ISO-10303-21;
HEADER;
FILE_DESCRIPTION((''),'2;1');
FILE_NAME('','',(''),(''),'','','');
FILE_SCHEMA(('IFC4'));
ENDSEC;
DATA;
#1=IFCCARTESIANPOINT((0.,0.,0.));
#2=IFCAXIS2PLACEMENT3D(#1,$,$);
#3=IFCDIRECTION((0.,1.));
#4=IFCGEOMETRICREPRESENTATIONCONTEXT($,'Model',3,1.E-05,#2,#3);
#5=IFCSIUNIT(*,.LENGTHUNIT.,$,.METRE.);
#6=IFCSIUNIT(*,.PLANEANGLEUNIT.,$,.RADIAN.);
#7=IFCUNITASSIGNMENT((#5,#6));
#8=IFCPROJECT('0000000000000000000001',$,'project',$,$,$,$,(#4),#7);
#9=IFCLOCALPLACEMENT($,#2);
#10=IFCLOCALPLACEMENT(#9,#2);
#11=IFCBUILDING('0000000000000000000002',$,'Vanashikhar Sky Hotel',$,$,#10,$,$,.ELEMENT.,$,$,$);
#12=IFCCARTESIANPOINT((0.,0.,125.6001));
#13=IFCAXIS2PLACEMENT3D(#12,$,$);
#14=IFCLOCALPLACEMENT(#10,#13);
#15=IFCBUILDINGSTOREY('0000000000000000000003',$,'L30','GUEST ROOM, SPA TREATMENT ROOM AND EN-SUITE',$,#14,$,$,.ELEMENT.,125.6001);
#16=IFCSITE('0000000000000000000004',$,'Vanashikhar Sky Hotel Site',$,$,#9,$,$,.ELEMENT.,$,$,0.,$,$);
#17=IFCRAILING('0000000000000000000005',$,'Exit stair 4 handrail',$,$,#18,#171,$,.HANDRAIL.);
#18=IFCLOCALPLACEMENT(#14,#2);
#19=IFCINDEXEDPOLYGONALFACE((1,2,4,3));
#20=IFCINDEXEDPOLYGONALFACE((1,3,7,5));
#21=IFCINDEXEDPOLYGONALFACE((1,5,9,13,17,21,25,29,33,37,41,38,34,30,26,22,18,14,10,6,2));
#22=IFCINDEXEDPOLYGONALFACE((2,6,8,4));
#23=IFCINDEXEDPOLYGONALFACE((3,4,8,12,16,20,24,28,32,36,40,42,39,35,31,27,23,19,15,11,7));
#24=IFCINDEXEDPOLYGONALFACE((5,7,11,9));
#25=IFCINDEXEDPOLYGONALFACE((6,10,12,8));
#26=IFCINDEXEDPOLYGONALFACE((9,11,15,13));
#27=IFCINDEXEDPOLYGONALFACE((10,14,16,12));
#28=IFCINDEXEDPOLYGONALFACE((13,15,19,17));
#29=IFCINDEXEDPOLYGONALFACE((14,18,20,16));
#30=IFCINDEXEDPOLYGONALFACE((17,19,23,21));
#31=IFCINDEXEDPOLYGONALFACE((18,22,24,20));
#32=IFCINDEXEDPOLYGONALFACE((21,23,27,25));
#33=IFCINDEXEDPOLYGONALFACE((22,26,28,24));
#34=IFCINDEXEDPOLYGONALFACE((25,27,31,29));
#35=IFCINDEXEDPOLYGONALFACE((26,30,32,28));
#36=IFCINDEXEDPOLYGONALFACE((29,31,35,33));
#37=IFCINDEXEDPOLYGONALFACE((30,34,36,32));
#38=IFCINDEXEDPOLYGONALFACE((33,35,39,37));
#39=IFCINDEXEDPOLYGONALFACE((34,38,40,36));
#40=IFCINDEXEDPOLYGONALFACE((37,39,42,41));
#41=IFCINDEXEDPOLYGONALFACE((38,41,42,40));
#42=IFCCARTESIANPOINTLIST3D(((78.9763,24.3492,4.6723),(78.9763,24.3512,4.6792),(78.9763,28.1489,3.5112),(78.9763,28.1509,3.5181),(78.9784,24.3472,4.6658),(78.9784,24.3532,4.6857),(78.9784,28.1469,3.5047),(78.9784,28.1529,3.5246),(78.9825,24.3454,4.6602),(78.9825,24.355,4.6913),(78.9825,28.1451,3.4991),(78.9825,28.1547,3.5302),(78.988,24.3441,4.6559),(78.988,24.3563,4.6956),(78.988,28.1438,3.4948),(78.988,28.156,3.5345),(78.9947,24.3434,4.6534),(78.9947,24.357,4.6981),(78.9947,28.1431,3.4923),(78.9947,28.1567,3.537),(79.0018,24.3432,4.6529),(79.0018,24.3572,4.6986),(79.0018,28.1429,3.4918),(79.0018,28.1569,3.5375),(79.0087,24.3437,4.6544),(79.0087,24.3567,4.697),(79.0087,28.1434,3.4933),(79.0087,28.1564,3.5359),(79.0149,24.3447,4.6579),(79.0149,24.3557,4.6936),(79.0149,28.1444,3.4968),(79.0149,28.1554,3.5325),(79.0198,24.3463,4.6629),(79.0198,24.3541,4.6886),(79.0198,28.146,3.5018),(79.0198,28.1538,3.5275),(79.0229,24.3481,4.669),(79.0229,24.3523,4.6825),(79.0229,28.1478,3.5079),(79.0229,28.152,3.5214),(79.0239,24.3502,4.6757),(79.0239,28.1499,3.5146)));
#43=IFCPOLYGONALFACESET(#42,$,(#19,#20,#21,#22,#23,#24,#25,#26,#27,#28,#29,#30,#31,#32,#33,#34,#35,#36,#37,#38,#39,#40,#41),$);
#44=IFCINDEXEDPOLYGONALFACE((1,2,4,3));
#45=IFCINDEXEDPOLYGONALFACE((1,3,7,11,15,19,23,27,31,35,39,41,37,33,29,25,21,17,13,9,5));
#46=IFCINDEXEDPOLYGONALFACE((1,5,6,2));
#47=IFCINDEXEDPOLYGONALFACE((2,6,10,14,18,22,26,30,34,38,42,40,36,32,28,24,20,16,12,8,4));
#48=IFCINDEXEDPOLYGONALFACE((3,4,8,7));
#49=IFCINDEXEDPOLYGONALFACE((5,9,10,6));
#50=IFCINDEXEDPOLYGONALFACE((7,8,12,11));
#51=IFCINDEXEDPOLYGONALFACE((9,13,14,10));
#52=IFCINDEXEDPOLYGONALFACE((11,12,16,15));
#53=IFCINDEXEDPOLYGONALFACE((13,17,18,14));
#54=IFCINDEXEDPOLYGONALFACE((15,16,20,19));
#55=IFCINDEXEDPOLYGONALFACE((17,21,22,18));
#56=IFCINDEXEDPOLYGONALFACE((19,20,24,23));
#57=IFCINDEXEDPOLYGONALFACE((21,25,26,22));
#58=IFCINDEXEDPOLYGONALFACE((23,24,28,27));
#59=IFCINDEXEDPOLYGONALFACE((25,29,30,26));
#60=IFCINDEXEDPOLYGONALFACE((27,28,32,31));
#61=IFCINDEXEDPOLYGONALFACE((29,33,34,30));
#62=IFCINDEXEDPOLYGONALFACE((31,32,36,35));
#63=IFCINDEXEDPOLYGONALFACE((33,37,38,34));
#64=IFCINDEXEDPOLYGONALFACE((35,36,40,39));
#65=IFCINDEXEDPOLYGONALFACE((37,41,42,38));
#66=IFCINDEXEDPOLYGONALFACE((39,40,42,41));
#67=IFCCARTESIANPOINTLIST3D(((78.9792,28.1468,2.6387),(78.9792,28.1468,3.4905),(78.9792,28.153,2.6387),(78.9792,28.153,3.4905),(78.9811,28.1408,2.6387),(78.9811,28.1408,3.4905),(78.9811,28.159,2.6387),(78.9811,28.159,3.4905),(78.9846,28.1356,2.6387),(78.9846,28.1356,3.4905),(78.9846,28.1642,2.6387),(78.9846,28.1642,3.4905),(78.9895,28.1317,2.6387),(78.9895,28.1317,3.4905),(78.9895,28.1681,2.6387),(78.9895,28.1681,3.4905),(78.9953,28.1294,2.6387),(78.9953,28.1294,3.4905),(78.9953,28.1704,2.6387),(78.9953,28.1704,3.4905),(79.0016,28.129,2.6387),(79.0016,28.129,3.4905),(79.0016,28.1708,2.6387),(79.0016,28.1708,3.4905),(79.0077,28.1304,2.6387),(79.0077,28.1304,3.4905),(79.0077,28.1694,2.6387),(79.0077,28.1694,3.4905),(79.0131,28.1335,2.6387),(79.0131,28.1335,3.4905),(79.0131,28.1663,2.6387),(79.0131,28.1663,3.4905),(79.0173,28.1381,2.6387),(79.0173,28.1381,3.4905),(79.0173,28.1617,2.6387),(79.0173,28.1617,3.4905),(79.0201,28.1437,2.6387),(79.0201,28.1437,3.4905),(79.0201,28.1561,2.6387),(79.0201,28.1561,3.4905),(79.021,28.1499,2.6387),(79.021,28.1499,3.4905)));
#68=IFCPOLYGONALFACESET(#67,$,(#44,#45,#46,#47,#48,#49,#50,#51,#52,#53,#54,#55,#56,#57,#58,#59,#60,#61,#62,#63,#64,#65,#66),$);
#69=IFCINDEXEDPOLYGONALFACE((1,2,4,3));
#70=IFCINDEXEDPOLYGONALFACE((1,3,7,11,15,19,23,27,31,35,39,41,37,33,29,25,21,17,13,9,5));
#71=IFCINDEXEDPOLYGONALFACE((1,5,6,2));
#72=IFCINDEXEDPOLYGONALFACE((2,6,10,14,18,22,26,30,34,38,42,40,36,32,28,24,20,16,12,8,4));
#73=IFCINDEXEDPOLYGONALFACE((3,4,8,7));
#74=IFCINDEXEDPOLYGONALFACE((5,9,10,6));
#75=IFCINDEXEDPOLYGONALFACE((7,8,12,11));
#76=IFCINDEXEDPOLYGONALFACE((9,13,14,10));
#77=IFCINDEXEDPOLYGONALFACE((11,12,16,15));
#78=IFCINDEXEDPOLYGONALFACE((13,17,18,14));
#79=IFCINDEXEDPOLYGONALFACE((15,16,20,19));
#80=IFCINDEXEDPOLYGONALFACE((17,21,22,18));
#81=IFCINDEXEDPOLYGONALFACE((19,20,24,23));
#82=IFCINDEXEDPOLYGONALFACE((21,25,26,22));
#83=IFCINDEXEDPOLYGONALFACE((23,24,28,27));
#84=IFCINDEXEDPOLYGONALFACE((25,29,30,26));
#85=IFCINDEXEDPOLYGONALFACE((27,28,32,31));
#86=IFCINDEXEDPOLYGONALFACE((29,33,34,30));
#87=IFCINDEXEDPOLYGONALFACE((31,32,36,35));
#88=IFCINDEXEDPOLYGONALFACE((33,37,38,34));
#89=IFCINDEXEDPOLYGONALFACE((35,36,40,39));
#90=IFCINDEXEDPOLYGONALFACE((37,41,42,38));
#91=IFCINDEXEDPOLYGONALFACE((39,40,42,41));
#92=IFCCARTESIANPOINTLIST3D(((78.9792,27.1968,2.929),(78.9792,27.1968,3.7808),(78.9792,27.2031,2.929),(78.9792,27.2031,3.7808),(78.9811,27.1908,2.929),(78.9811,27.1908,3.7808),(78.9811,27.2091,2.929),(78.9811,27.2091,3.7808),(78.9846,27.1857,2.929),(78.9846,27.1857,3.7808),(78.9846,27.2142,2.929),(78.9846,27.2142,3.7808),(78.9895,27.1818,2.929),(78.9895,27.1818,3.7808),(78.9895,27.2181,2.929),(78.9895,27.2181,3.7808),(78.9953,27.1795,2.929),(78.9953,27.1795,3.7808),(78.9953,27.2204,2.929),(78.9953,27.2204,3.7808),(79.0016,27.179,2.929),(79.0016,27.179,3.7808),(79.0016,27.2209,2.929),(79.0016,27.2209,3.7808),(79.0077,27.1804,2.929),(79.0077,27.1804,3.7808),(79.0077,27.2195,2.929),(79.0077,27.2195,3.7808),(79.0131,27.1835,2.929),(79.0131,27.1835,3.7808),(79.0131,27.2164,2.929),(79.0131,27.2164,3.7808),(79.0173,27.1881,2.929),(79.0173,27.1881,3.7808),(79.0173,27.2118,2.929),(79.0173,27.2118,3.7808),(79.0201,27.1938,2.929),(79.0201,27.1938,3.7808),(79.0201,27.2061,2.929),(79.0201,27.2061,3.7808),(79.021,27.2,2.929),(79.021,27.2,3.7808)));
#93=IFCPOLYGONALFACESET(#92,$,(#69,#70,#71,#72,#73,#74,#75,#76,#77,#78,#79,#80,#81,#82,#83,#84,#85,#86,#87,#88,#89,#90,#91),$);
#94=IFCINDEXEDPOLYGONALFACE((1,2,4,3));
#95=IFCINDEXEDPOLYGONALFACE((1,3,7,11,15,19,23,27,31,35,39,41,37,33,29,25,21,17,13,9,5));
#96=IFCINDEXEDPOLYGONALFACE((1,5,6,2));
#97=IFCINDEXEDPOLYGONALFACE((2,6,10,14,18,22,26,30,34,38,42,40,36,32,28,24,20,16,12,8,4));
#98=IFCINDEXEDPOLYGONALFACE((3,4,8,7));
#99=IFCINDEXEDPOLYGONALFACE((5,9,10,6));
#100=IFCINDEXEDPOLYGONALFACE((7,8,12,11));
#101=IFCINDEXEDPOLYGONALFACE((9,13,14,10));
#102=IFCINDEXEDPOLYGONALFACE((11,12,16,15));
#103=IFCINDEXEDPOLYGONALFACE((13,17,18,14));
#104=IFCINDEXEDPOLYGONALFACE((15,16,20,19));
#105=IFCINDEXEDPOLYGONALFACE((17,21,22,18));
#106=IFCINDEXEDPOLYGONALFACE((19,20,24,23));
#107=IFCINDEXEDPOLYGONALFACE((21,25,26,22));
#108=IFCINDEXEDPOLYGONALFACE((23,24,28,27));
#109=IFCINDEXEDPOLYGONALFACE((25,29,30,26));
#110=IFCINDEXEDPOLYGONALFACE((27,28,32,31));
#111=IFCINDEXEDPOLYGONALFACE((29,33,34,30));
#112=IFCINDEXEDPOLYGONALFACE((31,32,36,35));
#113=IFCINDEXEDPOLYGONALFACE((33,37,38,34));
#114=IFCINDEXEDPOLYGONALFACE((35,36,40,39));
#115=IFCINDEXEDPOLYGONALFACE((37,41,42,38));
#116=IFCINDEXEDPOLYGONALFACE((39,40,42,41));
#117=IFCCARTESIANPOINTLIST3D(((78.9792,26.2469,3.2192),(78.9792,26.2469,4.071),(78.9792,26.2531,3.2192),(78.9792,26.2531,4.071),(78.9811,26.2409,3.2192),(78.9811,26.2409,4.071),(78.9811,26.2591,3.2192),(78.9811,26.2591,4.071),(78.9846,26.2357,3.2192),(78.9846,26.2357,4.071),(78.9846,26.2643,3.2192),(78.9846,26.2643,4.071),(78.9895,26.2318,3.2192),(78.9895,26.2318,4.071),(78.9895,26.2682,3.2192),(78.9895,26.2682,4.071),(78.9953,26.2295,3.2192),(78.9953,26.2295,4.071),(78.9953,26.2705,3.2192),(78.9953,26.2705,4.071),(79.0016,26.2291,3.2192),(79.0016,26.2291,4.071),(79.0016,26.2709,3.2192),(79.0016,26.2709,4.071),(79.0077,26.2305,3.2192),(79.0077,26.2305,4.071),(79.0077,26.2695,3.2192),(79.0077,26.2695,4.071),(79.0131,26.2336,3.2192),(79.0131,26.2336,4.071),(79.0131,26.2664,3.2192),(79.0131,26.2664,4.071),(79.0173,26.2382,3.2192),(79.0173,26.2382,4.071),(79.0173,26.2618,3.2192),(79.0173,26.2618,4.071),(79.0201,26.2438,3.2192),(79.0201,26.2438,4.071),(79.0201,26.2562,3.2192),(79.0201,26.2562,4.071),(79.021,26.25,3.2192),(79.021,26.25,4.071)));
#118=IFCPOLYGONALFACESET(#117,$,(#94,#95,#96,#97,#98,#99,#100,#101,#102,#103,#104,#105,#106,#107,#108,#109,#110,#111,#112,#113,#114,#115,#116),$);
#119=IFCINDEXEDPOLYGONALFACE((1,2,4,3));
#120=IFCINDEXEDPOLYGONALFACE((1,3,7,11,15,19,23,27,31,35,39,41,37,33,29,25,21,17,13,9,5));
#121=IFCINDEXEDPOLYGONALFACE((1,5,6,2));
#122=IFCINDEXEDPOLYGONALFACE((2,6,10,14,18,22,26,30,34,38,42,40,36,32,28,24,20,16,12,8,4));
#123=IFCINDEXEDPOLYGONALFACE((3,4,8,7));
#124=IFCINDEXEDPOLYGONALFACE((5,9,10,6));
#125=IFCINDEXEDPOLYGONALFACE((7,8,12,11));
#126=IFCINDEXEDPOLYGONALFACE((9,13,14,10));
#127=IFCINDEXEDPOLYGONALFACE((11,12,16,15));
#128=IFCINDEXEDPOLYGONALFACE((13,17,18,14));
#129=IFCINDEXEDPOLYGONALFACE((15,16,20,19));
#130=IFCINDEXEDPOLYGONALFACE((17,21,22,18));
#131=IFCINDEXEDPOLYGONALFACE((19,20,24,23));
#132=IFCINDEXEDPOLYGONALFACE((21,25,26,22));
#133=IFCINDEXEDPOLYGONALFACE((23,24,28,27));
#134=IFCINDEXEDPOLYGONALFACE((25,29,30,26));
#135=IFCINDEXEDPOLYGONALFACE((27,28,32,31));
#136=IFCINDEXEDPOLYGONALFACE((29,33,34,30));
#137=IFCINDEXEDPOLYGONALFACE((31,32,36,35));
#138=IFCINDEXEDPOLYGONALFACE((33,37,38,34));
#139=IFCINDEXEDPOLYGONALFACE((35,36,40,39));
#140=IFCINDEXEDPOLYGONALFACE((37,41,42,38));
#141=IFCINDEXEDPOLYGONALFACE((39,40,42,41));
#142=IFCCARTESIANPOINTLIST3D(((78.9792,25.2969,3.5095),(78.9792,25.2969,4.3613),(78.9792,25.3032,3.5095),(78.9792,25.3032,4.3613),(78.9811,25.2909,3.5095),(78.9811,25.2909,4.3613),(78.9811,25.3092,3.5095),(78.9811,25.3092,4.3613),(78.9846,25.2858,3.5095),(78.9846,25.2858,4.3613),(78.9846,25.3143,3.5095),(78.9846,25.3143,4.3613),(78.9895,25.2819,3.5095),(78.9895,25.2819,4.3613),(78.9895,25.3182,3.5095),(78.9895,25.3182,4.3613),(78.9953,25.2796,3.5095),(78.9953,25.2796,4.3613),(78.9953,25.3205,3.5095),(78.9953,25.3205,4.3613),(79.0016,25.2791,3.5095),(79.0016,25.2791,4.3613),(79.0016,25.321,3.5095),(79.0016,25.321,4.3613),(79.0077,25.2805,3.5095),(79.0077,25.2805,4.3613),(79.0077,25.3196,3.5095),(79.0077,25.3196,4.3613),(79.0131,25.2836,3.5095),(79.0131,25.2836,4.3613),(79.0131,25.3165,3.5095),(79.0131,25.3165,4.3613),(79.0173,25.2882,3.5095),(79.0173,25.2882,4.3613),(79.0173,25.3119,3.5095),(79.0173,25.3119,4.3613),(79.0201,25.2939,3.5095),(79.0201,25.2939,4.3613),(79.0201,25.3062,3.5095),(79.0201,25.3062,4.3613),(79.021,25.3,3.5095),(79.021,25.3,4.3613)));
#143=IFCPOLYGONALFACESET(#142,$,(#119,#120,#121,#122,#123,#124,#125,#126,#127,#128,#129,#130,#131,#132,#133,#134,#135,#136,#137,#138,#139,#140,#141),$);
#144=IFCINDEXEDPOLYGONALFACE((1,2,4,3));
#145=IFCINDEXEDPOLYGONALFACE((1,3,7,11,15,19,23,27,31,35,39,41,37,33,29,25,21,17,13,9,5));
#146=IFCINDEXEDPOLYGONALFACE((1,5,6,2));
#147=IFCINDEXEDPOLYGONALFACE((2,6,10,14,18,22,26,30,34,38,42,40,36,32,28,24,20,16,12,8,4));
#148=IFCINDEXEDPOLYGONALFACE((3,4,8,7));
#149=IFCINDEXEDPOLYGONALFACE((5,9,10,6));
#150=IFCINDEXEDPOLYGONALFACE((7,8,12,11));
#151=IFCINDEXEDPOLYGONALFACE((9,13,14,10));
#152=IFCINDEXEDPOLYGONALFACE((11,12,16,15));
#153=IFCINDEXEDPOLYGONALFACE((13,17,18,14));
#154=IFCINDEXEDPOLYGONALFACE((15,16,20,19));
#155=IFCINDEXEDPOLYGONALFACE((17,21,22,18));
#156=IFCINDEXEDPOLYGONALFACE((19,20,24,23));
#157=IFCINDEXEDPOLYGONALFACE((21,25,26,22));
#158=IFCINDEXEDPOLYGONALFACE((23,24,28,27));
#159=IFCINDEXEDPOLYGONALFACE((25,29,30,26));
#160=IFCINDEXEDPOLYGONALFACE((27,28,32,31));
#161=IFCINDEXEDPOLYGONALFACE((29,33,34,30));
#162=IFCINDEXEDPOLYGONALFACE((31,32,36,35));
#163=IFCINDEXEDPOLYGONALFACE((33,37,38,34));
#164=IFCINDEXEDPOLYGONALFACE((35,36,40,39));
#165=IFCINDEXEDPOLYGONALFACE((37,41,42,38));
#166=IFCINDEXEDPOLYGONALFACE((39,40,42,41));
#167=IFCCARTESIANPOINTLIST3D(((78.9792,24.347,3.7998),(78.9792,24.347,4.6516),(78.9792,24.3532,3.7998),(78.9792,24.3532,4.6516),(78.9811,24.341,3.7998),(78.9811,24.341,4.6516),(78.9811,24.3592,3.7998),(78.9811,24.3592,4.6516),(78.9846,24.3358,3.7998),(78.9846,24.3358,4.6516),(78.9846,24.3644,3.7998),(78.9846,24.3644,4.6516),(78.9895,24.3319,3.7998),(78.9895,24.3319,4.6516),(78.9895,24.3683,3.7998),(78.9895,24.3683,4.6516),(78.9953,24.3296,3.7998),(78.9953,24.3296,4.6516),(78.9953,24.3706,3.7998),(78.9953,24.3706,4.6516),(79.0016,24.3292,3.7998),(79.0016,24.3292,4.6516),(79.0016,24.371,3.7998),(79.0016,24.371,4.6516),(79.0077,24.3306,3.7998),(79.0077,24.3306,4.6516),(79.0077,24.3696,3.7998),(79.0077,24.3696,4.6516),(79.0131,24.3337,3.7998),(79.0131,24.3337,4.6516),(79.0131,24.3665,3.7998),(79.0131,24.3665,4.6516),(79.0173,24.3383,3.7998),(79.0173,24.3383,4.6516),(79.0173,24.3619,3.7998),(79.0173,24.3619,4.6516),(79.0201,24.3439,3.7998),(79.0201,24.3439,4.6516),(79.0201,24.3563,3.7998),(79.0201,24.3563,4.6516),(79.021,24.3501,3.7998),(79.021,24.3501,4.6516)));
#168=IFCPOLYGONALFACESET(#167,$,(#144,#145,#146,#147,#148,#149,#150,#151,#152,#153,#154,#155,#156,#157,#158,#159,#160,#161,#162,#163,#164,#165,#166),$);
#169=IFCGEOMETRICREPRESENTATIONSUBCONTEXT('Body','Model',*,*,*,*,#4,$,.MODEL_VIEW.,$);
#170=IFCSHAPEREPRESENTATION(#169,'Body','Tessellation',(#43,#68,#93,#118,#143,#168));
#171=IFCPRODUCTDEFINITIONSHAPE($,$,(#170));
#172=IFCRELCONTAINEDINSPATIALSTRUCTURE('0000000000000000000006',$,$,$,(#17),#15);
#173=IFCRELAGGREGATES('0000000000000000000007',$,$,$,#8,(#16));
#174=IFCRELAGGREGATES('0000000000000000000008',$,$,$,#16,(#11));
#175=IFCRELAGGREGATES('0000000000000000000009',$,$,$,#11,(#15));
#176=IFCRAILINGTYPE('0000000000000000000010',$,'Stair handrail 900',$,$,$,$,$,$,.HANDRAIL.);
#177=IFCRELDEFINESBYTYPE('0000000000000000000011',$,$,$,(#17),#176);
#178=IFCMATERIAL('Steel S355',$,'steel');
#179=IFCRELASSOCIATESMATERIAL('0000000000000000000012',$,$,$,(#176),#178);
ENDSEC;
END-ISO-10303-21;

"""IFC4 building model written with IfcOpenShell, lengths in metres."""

from ifc_helpers import new_model, si_unit, direction, frame, origin, origin_2d, place, context, subcontext, project, spatial, circle, extrude, source, transform, mapped, material, type_object, element, save


model = new_model("IFC4")

# Units and contexts
model_context = context("Model", 3, precision=1e-05, world=origin(), true_north=direction((0.0, 1.0)))
body_context = subcontext(model_context, "Body", "Model", "MODEL_VIEW")
ifc_project = project(units=[si_unit("LENGTHUNIT", "METRE"), si_unit("PLANEANGLEUNIT", "RADIAN")], contexts=[model_context])

# Site, building, storey
site_placement = place(None, origin())
site = spatial("IfcSite", under=ifc_project, at=site_placement, Name="Vanashikhar Sky Hotel Site", CompositionType="ELEMENT", RefElevation=0.0)
building_placement = place(site_placement, origin())
building = spatial("IfcBuilding", under=site, at=building_placement, Name="Vanashikhar Sky Hotel", CompositionType="ELEMENT")
storey_placement = place(building_placement, frame((0.0, 0.0, 125.6001)))
storey = spatial("IfcBuildingStorey", under=building, at=storey_placement, Name="L30", Description="GUEST ROOM, SPA TREATMENT ROOM AND EN-SUITE", CompositionType="ELEMENT", Elevation=125.6001)

# Railing
ifc_material_1 = material(Name="Steel S355", Category="steel")
railing_type_1 = type_object("IfcRailingType", Name="Stair handrail 900", PredefinedType="HANDRAIL", material=ifc_material_1)
shared_shape_1 = source(origin(), body_context, "Body", "SweptSolid", [
    extrude(circle(Radius=0.0239, at=origin_2d()), frame((0.0, 0.0, 0.876), z_axis=(0.0, -0.956346, 0.292237), x_axis=(1.0, 0.0, 0.0)), (0.0, 0.0, 1.0), 3.9731),
    extrude(circle(Radius=0.021, at=origin_2d()), origin(), (0.0, 0.0, 1.0), 0.8518),
    extrude(circle(Radius=0.021, at=origin_2d()), frame((0.0, -0.95, 0.2903)), (0.0, 0.0, 1.0), 0.8518),
    extrude(circle(Radius=0.021, at=origin_2d()), frame((0.0, -1.8999, 0.5806)), (0.0, 0.0, 1.0), 0.8518),
    extrude(circle(Radius=0.021, at=origin_2d()), frame((0.0, -2.8499, 0.8708)), (0.0, 0.0, 1.0), 0.8518),
    extrude(circle(Radius=0.021, at=origin_2d()), frame((0.0, -3.7998, 1.1611)), (0.0, 0.0, 1.0), 0.8518),
])
for number, where, name in (
    (1, (79.0, 28.1499, 2.6387), "Exit stair 4 handrail"),
):
    element("IfcRailing", number, at=place(storey_placement, frame(where)), inside=storey, type_object=railing_type_1, Name=name, PredefinedType="HANDRAIL", context=body_context, shape_type="MappedRepresentation", body=[
        mapped(shared_shape_1, transform((0.0, 0.0, 0.0), scale=1.0)),
    ])

save(model, "model.ifc")
